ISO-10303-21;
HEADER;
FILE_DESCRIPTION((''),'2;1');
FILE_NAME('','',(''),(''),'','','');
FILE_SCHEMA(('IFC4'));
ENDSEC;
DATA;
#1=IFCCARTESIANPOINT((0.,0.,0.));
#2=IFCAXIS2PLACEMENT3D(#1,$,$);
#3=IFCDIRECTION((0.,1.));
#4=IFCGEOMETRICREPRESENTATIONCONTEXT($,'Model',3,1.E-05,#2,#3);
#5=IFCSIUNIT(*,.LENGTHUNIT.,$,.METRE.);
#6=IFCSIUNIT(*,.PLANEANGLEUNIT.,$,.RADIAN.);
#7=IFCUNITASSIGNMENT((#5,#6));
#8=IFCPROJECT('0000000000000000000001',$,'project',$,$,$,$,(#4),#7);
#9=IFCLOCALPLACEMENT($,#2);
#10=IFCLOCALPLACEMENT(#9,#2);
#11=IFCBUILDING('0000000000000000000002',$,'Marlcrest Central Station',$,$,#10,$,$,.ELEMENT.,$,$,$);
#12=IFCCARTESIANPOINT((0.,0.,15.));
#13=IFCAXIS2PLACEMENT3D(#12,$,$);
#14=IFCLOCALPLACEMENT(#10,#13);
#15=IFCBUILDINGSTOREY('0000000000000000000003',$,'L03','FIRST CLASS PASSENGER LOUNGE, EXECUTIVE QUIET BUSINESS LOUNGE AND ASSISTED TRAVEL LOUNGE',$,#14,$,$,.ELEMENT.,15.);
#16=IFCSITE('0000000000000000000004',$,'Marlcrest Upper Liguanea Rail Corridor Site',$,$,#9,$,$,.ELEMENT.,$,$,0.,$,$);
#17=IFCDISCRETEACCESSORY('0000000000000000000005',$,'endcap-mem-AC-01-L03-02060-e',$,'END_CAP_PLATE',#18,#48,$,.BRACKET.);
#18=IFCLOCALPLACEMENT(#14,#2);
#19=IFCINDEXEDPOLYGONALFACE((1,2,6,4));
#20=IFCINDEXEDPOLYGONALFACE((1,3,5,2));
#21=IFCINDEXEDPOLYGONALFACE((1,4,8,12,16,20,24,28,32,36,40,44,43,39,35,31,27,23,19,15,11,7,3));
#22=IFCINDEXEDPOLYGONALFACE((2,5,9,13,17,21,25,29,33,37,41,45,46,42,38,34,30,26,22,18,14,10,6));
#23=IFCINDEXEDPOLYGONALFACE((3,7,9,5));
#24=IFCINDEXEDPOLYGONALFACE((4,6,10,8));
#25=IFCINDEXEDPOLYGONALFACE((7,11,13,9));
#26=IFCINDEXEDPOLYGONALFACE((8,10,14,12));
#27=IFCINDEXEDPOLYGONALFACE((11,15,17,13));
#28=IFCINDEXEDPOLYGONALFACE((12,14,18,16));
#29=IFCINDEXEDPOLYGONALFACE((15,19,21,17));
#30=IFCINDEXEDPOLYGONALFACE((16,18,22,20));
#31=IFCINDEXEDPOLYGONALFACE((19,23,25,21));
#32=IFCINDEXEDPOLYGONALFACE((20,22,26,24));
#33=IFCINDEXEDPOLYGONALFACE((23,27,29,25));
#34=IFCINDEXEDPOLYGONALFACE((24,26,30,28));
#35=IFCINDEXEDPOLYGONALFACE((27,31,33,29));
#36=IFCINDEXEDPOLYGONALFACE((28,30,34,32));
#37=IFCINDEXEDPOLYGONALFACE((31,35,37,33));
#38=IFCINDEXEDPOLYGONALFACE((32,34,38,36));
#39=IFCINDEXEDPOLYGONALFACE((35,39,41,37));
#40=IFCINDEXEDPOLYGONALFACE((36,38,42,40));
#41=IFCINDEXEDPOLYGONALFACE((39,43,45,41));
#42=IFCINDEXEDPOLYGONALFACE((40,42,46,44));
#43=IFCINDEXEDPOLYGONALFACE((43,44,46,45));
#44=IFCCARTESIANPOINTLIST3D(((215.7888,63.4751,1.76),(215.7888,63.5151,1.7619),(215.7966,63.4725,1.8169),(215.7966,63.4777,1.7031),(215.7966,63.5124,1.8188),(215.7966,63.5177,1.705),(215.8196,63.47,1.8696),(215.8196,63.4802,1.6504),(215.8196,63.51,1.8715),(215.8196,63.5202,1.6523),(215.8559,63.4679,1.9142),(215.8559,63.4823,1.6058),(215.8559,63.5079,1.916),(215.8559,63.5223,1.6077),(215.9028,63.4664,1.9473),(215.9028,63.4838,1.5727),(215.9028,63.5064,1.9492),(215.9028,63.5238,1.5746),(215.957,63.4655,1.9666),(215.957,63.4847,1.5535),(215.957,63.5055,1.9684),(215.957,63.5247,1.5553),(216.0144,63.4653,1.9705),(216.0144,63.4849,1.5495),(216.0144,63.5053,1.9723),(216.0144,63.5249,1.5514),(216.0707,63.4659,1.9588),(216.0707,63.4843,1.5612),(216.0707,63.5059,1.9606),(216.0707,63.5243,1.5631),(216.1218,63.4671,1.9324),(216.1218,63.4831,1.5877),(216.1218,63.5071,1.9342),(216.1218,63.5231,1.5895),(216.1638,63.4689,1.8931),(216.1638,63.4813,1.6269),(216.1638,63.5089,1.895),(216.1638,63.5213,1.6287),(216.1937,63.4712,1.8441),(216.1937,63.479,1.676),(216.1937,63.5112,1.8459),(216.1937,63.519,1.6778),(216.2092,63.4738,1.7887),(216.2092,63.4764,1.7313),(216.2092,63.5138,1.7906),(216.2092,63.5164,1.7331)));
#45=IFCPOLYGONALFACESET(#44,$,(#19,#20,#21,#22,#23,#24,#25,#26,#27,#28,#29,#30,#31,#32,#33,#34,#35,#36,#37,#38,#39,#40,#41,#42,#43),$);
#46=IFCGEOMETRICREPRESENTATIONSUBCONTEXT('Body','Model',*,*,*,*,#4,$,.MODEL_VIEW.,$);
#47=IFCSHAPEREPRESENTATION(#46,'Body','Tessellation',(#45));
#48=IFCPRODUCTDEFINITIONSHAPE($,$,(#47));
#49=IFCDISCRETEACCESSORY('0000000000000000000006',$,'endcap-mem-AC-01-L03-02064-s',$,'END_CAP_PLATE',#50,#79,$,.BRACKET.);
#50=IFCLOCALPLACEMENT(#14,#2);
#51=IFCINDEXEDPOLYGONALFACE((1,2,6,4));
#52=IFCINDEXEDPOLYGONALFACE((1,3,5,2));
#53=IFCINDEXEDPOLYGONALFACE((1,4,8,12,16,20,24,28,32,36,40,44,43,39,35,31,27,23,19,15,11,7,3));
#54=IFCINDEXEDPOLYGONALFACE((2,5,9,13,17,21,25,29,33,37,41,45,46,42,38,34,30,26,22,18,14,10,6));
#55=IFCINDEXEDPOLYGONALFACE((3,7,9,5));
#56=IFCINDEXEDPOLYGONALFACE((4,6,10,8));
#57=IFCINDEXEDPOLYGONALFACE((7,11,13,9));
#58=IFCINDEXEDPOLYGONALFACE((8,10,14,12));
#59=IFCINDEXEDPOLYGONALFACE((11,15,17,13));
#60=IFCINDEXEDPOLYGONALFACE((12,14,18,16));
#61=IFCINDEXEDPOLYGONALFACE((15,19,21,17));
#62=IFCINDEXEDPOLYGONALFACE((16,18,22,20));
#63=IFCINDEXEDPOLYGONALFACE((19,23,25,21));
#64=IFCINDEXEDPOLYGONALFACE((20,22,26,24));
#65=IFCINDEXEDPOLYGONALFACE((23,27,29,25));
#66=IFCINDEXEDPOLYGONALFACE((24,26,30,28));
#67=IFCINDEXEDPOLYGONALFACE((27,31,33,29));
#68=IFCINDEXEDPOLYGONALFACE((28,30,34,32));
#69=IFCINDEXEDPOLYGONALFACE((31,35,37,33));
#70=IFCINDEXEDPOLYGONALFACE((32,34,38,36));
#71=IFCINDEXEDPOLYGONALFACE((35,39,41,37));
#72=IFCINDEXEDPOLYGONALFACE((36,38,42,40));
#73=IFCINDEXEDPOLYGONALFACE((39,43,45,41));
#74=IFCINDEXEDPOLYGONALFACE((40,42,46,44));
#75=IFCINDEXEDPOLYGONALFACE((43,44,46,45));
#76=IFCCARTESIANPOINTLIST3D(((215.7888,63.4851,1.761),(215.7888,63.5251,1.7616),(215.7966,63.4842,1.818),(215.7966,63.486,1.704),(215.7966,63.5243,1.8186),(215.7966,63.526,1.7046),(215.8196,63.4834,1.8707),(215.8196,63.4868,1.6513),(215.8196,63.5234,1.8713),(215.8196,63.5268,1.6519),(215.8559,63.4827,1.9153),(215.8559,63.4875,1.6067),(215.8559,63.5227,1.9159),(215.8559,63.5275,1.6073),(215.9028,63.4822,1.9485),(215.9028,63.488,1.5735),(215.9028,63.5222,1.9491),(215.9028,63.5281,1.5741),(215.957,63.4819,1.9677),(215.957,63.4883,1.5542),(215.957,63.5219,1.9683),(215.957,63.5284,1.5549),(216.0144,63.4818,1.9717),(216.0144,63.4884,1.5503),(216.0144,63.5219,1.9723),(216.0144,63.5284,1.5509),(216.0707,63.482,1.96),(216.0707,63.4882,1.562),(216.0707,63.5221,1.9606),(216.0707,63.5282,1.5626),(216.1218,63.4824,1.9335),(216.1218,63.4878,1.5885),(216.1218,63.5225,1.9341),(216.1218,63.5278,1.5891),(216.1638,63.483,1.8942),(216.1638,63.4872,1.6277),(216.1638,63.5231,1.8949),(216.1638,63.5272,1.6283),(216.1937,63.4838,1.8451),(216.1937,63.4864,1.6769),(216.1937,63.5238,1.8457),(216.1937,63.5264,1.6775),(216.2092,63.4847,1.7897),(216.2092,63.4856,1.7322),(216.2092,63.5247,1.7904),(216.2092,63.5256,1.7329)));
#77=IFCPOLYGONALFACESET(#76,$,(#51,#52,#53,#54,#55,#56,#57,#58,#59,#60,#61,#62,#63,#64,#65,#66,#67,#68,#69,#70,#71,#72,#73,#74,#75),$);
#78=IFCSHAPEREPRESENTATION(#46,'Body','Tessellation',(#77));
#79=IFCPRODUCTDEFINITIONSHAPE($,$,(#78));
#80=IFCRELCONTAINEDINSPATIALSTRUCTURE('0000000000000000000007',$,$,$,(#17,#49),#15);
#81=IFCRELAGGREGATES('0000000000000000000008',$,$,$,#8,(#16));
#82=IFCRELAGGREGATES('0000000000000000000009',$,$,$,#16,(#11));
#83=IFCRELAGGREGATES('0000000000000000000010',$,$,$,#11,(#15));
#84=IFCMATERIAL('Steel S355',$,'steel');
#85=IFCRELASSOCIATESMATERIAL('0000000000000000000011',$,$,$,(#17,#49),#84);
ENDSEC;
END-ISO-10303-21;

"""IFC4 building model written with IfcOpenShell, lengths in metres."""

from ifc_helpers import new_model, si_unit, direction, frame, origin, origin_2d, place, context, subcontext, project, spatial, circle, extrude, material, element, save


model = new_model("IFC4")

# Units and contexts
model_context = context("Model", 3, precision=1e-05, world=origin(), true_north=direction((0.0, 1.0)))
body_context = subcontext(model_context, "Body", "Model", "MODEL_VIEW")
ifc_project = project(units=[si_unit("LENGTHUNIT", "METRE"), si_unit("PLANEANGLEUNIT", "RADIAN")], contexts=[model_context])

# Site, building, storey
site_placement = place(None, origin())
site = spatial("IfcSite", under=ifc_project, at=site_placement, Name="Marlcrest Upper Liguanea Rail Corridor Site", CompositionType="ELEMENT", RefElevation=0.0)
building_placement = place(site_placement, origin())
building = spatial("IfcBuilding", under=site, at=building_placement, Name="Marlcrest Central Station", CompositionType="ELEMENT")
storey_placement = place(building_placement, frame((0.0, 0.0, 15.0)))
storey = spatial("IfcBuildingStorey", under=building, at=storey_placement, Name="L03", Description="FIRST CLASS PASSENGER LOUNGE, EXECUTIVE QUIET BUSINESS LOUNGE AND ASSISTED TRAVEL LOUNGE", CompositionType="ELEMENT", Elevation=15.0)

# Shared definitions
ifc_material_1 = material(Name="Steel S355", Category="steel")

# Discrete accessories
for number, where, z_axis, x_axis, name in (
    (1, (216.0, 63.4751, 1.76), (0.0, 0.998921, 0.046434), (-1.0, 0.0, 0.0), "endcap-mem-AC-01-L03-02060-e"),
    (2, (216.0, 63.4851, 1.761), (0.0, 0.999879, 0.015525), (-1.0, 0.0, 0.0), "endcap-mem-AC-01-L03-02064-s"),
):
    element("IfcDiscreteAccessory", number, at=place(storey_placement, frame(where, z_axis=z_axis, x_axis=x_axis)), inside=storey, material=ifc_material_1, Name=name, ObjectType="END_CAP_PLATE", PredefinedType="BRACKET", context=body_context, shape_type="SweptSolid", body=[
        extrude(circle(Radius=0.2112, at=origin_2d()), origin(), (0.0, 0.0, 1.0), 0.04),
    ])

save(model, "model.ifc")
